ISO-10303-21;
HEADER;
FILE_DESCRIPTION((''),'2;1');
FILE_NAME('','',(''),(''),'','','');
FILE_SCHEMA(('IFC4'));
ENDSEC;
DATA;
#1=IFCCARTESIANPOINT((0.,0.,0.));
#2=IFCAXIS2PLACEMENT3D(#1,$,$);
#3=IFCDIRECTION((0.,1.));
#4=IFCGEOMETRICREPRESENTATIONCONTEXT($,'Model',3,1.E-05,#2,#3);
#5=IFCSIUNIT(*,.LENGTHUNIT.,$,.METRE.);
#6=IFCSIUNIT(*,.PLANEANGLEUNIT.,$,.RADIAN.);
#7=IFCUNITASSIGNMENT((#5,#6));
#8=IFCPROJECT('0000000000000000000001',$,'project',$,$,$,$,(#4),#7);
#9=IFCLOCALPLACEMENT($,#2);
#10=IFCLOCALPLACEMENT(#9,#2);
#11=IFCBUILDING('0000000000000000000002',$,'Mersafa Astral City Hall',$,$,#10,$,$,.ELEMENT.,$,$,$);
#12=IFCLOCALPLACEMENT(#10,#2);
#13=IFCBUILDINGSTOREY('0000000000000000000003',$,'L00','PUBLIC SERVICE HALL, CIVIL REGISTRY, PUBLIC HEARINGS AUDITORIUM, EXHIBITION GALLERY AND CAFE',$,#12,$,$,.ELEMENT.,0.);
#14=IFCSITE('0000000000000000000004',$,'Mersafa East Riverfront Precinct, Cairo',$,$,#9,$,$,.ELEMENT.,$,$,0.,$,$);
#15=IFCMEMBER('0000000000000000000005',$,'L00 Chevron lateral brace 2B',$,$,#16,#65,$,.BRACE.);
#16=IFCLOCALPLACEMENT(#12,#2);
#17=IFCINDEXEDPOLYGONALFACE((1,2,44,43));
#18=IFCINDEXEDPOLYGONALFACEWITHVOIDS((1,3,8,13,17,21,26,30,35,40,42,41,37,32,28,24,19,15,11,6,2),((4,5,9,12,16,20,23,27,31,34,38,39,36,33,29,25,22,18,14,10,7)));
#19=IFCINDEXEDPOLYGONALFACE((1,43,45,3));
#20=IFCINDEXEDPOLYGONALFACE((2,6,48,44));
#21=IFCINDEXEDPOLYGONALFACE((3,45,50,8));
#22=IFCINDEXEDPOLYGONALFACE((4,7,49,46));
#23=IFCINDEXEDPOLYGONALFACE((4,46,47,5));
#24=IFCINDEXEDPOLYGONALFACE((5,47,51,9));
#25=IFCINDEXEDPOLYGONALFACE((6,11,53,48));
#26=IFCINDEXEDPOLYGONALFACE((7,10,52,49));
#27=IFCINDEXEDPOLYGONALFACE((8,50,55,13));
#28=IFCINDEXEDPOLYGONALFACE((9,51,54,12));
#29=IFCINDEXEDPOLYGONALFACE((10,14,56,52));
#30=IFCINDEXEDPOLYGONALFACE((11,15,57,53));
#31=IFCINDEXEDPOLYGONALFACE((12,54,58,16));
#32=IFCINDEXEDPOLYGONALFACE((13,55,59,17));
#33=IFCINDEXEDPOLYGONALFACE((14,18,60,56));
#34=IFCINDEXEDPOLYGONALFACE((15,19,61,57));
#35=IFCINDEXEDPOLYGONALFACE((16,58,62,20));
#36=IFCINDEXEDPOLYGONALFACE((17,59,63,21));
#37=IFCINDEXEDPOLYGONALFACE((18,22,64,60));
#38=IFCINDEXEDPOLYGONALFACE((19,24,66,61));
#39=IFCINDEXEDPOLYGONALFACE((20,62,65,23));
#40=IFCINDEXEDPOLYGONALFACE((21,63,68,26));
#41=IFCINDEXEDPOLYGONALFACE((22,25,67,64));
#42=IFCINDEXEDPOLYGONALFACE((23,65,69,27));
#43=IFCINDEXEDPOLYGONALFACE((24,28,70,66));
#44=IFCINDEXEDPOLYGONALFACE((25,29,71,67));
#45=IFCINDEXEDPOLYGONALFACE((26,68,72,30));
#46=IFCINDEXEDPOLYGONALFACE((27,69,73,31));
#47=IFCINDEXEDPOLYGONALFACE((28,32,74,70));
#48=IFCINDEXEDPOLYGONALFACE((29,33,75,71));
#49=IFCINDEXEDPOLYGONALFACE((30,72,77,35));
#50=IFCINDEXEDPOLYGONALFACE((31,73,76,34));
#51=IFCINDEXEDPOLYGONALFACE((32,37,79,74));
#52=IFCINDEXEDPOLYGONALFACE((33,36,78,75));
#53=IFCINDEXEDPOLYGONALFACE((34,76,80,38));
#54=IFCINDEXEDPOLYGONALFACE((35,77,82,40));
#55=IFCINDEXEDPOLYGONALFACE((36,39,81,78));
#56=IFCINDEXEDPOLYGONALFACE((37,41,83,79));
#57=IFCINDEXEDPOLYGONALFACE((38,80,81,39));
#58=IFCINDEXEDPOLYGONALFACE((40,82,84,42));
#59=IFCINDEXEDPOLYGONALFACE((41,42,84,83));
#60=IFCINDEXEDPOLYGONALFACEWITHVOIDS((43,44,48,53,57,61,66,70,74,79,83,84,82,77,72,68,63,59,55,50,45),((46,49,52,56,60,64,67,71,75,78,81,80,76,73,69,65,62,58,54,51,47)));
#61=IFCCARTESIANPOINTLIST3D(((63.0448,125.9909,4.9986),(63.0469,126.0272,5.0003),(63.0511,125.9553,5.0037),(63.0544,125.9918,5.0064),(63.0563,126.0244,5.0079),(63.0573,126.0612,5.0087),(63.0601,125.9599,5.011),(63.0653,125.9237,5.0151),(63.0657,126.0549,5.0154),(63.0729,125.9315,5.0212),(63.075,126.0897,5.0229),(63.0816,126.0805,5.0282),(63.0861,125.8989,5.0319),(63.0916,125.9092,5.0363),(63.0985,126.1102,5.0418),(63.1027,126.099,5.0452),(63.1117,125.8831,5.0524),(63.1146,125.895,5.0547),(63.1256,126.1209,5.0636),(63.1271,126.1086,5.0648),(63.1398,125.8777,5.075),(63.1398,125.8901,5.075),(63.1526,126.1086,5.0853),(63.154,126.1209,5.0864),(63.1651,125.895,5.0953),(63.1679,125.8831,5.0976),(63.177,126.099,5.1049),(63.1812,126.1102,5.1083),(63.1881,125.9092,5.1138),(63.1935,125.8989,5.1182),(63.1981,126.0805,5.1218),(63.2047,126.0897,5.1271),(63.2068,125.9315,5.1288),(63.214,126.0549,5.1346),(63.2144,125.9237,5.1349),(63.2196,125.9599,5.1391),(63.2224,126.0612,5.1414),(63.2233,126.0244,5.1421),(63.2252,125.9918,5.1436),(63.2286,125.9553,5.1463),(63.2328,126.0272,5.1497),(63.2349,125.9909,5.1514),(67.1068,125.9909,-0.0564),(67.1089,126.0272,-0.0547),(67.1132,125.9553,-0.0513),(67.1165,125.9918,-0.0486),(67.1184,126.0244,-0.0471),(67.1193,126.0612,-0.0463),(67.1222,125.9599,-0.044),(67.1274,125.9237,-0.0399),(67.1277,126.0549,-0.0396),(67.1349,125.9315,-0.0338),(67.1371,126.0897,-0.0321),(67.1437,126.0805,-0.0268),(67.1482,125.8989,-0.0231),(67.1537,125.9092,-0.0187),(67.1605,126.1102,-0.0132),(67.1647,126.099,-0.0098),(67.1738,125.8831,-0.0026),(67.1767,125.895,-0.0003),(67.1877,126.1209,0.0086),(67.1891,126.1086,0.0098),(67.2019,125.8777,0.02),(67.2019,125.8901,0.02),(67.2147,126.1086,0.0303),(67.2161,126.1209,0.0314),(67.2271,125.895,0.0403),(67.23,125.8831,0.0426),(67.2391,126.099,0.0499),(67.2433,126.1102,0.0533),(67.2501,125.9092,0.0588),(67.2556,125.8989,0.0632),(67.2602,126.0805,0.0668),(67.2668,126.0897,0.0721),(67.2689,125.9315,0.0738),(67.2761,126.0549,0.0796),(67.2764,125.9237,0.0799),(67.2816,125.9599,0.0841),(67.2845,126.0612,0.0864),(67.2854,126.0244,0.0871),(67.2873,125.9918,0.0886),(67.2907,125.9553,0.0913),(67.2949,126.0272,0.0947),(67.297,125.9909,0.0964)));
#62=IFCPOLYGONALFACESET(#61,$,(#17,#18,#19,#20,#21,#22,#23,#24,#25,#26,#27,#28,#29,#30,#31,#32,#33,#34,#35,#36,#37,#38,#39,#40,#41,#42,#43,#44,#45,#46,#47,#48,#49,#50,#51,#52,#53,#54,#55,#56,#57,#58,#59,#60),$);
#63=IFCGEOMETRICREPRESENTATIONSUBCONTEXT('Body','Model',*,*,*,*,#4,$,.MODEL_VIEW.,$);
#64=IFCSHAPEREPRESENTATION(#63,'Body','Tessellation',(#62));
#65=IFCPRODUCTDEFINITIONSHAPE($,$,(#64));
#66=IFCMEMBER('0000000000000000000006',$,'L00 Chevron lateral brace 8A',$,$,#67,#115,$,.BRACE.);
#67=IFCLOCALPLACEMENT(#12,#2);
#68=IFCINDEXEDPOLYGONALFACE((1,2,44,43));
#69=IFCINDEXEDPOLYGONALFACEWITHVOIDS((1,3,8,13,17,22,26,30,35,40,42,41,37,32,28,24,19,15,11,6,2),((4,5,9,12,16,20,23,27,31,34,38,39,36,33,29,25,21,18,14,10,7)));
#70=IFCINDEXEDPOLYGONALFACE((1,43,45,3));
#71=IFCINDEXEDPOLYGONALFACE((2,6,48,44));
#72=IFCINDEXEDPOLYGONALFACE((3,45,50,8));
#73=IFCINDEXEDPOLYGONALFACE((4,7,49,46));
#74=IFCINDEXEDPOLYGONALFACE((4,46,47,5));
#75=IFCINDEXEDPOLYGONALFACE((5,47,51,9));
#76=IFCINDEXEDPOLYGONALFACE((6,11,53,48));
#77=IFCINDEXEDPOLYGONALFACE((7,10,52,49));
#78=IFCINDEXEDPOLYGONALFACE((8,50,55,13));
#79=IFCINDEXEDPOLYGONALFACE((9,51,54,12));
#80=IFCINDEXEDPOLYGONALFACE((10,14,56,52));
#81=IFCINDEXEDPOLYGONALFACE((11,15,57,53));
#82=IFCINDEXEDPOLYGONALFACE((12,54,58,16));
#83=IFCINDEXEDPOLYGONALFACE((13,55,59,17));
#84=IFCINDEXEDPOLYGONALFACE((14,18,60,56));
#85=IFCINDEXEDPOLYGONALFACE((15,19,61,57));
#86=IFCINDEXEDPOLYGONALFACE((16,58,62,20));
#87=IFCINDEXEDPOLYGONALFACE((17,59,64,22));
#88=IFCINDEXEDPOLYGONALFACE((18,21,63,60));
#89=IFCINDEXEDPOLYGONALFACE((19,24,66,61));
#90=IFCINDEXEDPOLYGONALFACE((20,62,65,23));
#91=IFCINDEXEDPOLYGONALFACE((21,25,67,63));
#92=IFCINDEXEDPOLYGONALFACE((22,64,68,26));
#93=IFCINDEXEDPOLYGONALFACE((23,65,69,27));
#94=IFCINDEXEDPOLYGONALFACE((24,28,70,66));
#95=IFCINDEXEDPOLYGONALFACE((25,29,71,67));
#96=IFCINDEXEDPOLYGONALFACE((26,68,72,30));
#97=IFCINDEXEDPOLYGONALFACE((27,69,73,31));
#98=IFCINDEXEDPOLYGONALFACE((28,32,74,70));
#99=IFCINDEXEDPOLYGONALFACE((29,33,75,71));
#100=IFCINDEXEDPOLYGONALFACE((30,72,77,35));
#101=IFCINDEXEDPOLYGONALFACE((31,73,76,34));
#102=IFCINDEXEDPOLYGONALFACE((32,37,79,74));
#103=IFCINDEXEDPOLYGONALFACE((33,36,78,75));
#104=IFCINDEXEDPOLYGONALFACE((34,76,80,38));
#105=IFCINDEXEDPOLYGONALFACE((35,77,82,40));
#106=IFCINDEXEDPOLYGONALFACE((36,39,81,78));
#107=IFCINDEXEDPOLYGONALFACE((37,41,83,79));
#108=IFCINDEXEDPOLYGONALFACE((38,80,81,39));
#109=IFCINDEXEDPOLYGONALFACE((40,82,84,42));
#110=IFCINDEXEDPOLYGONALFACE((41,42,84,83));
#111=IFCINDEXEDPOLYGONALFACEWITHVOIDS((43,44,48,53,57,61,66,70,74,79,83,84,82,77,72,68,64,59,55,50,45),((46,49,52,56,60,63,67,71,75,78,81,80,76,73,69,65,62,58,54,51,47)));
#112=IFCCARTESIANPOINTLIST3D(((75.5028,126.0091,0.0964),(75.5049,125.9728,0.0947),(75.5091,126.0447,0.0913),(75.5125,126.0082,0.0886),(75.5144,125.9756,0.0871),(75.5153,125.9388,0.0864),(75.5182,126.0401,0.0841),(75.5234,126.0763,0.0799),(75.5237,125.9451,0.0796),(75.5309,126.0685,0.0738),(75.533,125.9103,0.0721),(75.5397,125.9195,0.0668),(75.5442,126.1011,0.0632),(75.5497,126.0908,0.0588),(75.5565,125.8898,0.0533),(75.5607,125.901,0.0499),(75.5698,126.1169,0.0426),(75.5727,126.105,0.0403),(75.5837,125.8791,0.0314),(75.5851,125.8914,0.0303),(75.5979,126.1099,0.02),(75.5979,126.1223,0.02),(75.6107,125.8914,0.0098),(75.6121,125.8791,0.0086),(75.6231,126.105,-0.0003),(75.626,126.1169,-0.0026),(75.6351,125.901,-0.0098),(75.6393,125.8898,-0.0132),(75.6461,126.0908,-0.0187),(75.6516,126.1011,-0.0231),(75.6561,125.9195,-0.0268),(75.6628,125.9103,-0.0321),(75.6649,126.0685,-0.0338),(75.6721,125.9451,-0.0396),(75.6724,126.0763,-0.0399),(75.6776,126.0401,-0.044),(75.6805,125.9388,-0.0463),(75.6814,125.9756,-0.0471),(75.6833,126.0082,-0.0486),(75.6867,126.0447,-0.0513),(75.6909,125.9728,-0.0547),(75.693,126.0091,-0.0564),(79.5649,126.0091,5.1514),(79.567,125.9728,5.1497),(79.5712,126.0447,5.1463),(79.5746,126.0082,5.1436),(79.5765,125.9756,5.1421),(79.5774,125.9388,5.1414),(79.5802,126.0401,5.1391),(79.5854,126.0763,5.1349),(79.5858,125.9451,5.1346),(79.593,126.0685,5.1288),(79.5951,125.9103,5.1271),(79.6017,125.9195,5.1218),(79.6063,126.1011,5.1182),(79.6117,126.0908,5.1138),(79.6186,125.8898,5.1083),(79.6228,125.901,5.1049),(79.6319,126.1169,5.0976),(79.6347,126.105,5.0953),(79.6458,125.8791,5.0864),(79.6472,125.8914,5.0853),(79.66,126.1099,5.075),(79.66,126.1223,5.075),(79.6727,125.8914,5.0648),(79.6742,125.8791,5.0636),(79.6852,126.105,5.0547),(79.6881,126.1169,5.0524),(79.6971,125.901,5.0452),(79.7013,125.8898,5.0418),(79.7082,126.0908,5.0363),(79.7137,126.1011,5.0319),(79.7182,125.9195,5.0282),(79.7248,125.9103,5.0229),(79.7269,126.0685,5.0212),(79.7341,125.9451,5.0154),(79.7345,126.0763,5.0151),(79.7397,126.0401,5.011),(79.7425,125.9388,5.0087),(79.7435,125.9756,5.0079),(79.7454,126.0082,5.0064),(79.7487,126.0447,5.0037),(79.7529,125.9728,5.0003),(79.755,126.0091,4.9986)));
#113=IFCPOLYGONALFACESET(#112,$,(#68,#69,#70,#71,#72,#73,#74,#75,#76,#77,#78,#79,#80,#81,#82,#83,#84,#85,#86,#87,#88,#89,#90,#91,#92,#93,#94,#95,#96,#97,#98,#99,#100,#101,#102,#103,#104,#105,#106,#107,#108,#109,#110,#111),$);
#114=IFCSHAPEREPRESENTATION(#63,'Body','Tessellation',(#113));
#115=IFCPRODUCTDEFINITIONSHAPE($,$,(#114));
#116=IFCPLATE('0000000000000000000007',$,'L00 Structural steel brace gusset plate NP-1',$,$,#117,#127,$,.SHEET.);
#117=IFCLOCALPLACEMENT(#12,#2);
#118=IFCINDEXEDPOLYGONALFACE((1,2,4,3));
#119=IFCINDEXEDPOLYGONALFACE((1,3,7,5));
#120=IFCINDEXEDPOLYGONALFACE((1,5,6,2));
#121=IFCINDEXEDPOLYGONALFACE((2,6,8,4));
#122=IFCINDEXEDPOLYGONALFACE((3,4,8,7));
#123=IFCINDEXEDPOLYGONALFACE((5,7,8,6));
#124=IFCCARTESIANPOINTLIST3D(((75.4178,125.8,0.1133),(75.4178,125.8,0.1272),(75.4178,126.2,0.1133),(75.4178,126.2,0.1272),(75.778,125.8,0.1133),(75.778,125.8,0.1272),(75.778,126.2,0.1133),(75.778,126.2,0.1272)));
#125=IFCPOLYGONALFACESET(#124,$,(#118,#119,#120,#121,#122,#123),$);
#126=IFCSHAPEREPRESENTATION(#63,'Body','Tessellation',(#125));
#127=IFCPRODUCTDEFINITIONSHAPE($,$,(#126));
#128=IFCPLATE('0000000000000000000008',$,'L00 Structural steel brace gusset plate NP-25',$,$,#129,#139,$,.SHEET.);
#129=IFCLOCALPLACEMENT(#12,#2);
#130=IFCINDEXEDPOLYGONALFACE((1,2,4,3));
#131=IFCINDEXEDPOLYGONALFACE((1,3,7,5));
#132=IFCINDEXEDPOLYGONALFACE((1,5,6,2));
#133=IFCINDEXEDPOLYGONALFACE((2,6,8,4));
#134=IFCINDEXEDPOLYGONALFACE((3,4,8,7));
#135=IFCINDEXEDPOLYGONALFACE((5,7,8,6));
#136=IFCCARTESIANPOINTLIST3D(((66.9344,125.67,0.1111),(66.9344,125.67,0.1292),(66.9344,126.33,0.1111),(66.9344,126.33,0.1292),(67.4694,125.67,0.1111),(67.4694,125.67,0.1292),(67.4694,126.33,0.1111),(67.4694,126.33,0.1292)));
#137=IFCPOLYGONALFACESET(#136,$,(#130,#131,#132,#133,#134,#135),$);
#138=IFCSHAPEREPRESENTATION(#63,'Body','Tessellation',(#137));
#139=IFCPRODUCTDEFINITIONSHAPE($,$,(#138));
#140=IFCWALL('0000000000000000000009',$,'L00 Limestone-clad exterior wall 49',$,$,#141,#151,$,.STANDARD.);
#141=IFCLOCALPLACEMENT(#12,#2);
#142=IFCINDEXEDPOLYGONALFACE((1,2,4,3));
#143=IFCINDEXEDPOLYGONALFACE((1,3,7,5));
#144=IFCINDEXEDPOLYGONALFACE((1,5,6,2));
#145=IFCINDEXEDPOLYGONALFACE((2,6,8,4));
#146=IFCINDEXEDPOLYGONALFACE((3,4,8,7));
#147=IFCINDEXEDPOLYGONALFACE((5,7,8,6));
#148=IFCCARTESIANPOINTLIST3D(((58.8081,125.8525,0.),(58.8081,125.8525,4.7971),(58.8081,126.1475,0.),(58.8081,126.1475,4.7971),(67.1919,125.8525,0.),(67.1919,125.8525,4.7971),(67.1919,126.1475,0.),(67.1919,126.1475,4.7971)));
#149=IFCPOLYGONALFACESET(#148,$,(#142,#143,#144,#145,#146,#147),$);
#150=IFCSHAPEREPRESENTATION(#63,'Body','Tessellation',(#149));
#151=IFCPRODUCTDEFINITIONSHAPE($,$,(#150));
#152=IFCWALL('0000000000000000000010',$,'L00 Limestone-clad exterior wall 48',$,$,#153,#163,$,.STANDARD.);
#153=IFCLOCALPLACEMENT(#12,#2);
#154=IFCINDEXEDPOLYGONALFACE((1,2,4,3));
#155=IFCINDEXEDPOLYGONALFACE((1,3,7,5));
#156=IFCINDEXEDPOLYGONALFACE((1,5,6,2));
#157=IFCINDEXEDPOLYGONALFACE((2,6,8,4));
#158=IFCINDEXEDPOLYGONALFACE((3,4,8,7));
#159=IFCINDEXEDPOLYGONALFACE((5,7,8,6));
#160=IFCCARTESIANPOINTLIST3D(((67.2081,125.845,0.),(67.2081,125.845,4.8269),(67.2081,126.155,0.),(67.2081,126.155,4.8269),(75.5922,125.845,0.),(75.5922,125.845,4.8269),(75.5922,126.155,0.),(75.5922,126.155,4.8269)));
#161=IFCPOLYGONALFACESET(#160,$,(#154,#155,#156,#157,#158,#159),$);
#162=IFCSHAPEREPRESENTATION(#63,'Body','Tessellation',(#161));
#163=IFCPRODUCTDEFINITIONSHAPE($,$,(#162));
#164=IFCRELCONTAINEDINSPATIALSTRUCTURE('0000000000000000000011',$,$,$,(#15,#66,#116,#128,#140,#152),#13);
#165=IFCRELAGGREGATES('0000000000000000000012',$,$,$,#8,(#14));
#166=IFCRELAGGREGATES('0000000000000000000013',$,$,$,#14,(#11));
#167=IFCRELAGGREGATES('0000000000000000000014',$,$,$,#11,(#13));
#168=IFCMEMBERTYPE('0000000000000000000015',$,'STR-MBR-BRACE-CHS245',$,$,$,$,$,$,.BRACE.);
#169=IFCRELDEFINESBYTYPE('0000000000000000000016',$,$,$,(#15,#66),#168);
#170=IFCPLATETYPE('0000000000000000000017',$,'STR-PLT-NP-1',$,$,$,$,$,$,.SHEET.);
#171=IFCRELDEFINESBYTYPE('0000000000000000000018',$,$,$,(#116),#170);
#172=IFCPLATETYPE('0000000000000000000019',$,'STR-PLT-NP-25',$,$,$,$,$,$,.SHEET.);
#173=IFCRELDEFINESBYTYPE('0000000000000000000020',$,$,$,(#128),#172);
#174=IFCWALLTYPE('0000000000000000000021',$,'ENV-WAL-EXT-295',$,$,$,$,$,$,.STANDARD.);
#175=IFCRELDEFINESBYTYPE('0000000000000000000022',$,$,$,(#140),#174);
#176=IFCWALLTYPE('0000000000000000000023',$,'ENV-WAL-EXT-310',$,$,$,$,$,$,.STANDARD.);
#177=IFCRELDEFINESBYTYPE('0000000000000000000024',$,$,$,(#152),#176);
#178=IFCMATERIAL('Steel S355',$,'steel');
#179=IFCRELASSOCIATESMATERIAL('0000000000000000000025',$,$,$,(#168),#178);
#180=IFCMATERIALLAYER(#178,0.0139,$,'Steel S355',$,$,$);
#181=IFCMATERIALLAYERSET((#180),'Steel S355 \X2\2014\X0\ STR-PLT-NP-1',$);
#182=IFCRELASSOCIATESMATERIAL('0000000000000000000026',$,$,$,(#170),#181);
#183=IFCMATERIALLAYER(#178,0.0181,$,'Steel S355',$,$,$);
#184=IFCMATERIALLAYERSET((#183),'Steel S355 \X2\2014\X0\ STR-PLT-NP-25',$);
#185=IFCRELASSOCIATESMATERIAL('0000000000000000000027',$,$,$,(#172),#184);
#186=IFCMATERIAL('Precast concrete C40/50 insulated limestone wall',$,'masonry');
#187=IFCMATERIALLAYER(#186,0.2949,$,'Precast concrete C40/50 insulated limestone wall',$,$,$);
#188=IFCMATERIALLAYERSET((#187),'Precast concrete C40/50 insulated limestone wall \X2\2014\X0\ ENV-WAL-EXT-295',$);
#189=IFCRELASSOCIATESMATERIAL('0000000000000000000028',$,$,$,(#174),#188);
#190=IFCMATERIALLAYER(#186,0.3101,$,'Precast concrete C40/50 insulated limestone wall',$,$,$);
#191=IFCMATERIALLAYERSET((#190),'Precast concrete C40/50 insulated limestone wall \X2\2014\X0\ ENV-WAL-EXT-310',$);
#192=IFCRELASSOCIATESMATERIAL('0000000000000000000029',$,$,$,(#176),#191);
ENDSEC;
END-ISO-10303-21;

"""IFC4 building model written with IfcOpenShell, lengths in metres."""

from ifc_helpers import new_model, si_unit, direction, frame, frame_2d, origin, origin_2d, place, context, subcontext, project, spatial, rectangle, hollow_circle, extrude, material, layer, layer_set, material_profile, profile_set, type_object, element, save


model = new_model("IFC4")

# Units and contexts
model_context = context("Model", 3, precision=1e-05, world=origin(), true_north=direction((0.0, 1.0)))
body_context = subcontext(model_context, "Body", "Model", "MODEL_VIEW")
ifc_project = project(units=[si_unit("LENGTHUNIT", "METRE"), si_unit("PLANEANGLEUNIT", "RADIAN")], contexts=[model_context])

# Site, building, storey
site_placement = place(None, origin())
site = spatial("IfcSite", under=ifc_project, at=site_placement, Name="Mersafa East Riverfront Precinct, Cairo", CompositionType="ELEMENT", RefElevation=0.0)
building_placement = place(site_placement, origin())
building = spatial("IfcBuilding", under=site, at=building_placement, Name="Mersafa Astral City Hall", CompositionType="ELEMENT")
storey_placement = place(building_placement, origin())
storey = spatial("IfcBuildingStorey", under=building, at=storey_placement, Name="L00", Description="PUBLIC SERVICE HALL, CIVIL REGISTRY, PUBLIC HEARINGS AUDITORIUM, EXHIBITION GALLERY AND CAFE", CompositionType="ELEMENT", Elevation=0.0)

# Shared definitions
ifc_material_1 = material(Name="Steel S355", Category="steel")

# Members
ifc_material_profile_1 = material_profile(ifc_material_1, hollow_circle(Radius=0.1223, WallThickness=0.0125, at=origin_2d()), Name="CHS 244.5x12.5")
ifc_profile_set_1 = profile_set([ifc_material_profile_1], Name="Steel S355")
member_type = type_object("IfcMemberType", Name="STR-MBR-BRACE-CHS245", PredefinedType="BRACE", material=ifc_profile_set_1)
for number, where, z_axis, x_axis, name in (
    (1, (67.2019, 126.0, 0.02), (-0.626392, 0.0, 0.779508), (0.0, -1.0, 0.0), "L00 Chevron lateral brace 2B"),
    (2, (75.5979, 126.0, 0.02), (0.626392, 0.0, 0.779508), (0.0, 1.0, 0.0), "L00 Chevron lateral brace 8A"),
):
    element("IfcMember", number, at=place(storey_placement, frame(where, z_axis=z_axis, x_axis=x_axis)), inside=storey, type_object=member_type, Name=name, PredefinedType="BRACE", context=body_context, shape_type="SweptSolid", body=[
        extrude(hollow_circle(Radius=0.1223, WallThickness=0.0125, at=origin_2d()), origin(), (0.0, 0.0, 1.0), 6.4849),
    ])

# Plates
ifc_layer_1 = layer(ifc_material_1, 0.0139, Name="Steel S355")
ifc_layer_set_1 = layer_set([ifc_layer_1], Name="Steel S355 — STR-PLT-NP-1")
plate_type_1 = type_object("IfcPlateType", Name="STR-PLT-NP-1", PredefinedType="SHEET", material=ifc_layer_set_1)
plate_1_placement = place(storey_placement, frame((75.5979, 126.0, 0.1133), z_axis=(0.0, 0.0, 1.0), x_axis=(1.0, 0.0, 0.0)))
element("IfcPlate", 3, at=plate_1_placement, inside=storey, type_object=plate_type_1, Name="L00 Structural steel brace gusset plate NP-1", PredefinedType="SHEET", context=body_context, shape_type="SweptSolid", body=[
    extrude(rectangle(XDim=0.3601, YDim=0.3999, at=origin_2d()), origin(), (0.0, 0.0, 1.0), 0.0139),
])
ifc_layer_2 = layer(ifc_material_1, 0.0181, Name="Steel S355")
ifc_layer_set_2 = layer_set([ifc_layer_2], Name="Steel S355 — STR-PLT-NP-25")
plate_type_2 = type_object("IfcPlateType", Name="STR-PLT-NP-25", PredefinedType="SHEET", material=ifc_layer_set_2)
plate_2_placement = place(storey_placement, frame((67.2019, 126.0, 0.1111), z_axis=(0.0, 0.0, 1.0), x_axis=(1.0, 0.0, 0.0)))
element("IfcPlate", 4, at=plate_2_placement, inside=storey, type_object=plate_type_2, Name="L00 Structural steel brace gusset plate NP-25", PredefinedType="SHEET", context=body_context, shape_type="SweptSolid", body=[
    extrude(rectangle(XDim=0.5349, YDim=0.6599, at=origin_2d()), origin(), (0.0, 0.0, 1.0), 0.0181),
])

# Walls
ifc_material_2 = material(Name="Precast concrete C40/50 insulated limestone wall", Category="masonry")
ifc_layer_3 = layer(ifc_material_2, 0.2949, Name="Precast concrete C40/50 insulated limestone wall")
ifc_layer_set_3 = layer_set([ifc_layer_3], Name="Precast concrete C40/50 insulated limestone wall — ENV-WAL-EXT-295")
wall_type_1 = type_object("IfcWallType", Name="ENV-WAL-EXT-295", PredefinedType="STANDARD", material=ifc_layer_set_3)
wall_1_placement = place(storey_placement, frame((67.1919, 126.0, 0.0), z_axis=(0.0, 0.0, 1.0), x_axis=(-1.0, 0.0, 0.0)))
element("IfcWall", 5, at=wall_1_placement, inside=storey, type_object=wall_type_1, Name="L00 Limestone-clad exterior wall 49", PredefinedType="STANDARD", context=body_context, shape_type="SweptSolid", body=[
    extrude(rectangle(XDim=8.3838, YDim=0.2949, at=frame_2d((4.1919, 0.0))), origin(), (0.0, 0.0, 1.0), 4.7971),
])
ifc_layer_4 = layer(ifc_material_2, 0.3101, Name="Precast concrete C40/50 insulated limestone wall")
ifc_layer_set_4 = layer_set([ifc_layer_4], Name="Precast concrete C40/50 insulated limestone wall — ENV-WAL-EXT-310")
wall_type_2 = type_object("IfcWallType", Name="ENV-WAL-EXT-310", PredefinedType="STANDARD", material=ifc_layer_set_4)
wall_2_placement = place(storey_placement, frame((75.592, 126.0, 0.0), z_axis=(0.0, 0.0, 1.0), x_axis=(-1.0, 0.0, 0.0)))
element("IfcWall", 6, at=wall_2_placement, inside=storey, type_object=wall_type_2, Name="L00 Limestone-clad exterior wall 48", PredefinedType="STANDARD", context=body_context, shape_type="SweptSolid", body=[
    extrude(rectangle(XDim=8.384, YDim=0.3101, at=frame_2d((4.1919, 0.0))), origin(), (0.0, 0.0, 1.0), 4.8269),
])

save(model, "model.ifc")
